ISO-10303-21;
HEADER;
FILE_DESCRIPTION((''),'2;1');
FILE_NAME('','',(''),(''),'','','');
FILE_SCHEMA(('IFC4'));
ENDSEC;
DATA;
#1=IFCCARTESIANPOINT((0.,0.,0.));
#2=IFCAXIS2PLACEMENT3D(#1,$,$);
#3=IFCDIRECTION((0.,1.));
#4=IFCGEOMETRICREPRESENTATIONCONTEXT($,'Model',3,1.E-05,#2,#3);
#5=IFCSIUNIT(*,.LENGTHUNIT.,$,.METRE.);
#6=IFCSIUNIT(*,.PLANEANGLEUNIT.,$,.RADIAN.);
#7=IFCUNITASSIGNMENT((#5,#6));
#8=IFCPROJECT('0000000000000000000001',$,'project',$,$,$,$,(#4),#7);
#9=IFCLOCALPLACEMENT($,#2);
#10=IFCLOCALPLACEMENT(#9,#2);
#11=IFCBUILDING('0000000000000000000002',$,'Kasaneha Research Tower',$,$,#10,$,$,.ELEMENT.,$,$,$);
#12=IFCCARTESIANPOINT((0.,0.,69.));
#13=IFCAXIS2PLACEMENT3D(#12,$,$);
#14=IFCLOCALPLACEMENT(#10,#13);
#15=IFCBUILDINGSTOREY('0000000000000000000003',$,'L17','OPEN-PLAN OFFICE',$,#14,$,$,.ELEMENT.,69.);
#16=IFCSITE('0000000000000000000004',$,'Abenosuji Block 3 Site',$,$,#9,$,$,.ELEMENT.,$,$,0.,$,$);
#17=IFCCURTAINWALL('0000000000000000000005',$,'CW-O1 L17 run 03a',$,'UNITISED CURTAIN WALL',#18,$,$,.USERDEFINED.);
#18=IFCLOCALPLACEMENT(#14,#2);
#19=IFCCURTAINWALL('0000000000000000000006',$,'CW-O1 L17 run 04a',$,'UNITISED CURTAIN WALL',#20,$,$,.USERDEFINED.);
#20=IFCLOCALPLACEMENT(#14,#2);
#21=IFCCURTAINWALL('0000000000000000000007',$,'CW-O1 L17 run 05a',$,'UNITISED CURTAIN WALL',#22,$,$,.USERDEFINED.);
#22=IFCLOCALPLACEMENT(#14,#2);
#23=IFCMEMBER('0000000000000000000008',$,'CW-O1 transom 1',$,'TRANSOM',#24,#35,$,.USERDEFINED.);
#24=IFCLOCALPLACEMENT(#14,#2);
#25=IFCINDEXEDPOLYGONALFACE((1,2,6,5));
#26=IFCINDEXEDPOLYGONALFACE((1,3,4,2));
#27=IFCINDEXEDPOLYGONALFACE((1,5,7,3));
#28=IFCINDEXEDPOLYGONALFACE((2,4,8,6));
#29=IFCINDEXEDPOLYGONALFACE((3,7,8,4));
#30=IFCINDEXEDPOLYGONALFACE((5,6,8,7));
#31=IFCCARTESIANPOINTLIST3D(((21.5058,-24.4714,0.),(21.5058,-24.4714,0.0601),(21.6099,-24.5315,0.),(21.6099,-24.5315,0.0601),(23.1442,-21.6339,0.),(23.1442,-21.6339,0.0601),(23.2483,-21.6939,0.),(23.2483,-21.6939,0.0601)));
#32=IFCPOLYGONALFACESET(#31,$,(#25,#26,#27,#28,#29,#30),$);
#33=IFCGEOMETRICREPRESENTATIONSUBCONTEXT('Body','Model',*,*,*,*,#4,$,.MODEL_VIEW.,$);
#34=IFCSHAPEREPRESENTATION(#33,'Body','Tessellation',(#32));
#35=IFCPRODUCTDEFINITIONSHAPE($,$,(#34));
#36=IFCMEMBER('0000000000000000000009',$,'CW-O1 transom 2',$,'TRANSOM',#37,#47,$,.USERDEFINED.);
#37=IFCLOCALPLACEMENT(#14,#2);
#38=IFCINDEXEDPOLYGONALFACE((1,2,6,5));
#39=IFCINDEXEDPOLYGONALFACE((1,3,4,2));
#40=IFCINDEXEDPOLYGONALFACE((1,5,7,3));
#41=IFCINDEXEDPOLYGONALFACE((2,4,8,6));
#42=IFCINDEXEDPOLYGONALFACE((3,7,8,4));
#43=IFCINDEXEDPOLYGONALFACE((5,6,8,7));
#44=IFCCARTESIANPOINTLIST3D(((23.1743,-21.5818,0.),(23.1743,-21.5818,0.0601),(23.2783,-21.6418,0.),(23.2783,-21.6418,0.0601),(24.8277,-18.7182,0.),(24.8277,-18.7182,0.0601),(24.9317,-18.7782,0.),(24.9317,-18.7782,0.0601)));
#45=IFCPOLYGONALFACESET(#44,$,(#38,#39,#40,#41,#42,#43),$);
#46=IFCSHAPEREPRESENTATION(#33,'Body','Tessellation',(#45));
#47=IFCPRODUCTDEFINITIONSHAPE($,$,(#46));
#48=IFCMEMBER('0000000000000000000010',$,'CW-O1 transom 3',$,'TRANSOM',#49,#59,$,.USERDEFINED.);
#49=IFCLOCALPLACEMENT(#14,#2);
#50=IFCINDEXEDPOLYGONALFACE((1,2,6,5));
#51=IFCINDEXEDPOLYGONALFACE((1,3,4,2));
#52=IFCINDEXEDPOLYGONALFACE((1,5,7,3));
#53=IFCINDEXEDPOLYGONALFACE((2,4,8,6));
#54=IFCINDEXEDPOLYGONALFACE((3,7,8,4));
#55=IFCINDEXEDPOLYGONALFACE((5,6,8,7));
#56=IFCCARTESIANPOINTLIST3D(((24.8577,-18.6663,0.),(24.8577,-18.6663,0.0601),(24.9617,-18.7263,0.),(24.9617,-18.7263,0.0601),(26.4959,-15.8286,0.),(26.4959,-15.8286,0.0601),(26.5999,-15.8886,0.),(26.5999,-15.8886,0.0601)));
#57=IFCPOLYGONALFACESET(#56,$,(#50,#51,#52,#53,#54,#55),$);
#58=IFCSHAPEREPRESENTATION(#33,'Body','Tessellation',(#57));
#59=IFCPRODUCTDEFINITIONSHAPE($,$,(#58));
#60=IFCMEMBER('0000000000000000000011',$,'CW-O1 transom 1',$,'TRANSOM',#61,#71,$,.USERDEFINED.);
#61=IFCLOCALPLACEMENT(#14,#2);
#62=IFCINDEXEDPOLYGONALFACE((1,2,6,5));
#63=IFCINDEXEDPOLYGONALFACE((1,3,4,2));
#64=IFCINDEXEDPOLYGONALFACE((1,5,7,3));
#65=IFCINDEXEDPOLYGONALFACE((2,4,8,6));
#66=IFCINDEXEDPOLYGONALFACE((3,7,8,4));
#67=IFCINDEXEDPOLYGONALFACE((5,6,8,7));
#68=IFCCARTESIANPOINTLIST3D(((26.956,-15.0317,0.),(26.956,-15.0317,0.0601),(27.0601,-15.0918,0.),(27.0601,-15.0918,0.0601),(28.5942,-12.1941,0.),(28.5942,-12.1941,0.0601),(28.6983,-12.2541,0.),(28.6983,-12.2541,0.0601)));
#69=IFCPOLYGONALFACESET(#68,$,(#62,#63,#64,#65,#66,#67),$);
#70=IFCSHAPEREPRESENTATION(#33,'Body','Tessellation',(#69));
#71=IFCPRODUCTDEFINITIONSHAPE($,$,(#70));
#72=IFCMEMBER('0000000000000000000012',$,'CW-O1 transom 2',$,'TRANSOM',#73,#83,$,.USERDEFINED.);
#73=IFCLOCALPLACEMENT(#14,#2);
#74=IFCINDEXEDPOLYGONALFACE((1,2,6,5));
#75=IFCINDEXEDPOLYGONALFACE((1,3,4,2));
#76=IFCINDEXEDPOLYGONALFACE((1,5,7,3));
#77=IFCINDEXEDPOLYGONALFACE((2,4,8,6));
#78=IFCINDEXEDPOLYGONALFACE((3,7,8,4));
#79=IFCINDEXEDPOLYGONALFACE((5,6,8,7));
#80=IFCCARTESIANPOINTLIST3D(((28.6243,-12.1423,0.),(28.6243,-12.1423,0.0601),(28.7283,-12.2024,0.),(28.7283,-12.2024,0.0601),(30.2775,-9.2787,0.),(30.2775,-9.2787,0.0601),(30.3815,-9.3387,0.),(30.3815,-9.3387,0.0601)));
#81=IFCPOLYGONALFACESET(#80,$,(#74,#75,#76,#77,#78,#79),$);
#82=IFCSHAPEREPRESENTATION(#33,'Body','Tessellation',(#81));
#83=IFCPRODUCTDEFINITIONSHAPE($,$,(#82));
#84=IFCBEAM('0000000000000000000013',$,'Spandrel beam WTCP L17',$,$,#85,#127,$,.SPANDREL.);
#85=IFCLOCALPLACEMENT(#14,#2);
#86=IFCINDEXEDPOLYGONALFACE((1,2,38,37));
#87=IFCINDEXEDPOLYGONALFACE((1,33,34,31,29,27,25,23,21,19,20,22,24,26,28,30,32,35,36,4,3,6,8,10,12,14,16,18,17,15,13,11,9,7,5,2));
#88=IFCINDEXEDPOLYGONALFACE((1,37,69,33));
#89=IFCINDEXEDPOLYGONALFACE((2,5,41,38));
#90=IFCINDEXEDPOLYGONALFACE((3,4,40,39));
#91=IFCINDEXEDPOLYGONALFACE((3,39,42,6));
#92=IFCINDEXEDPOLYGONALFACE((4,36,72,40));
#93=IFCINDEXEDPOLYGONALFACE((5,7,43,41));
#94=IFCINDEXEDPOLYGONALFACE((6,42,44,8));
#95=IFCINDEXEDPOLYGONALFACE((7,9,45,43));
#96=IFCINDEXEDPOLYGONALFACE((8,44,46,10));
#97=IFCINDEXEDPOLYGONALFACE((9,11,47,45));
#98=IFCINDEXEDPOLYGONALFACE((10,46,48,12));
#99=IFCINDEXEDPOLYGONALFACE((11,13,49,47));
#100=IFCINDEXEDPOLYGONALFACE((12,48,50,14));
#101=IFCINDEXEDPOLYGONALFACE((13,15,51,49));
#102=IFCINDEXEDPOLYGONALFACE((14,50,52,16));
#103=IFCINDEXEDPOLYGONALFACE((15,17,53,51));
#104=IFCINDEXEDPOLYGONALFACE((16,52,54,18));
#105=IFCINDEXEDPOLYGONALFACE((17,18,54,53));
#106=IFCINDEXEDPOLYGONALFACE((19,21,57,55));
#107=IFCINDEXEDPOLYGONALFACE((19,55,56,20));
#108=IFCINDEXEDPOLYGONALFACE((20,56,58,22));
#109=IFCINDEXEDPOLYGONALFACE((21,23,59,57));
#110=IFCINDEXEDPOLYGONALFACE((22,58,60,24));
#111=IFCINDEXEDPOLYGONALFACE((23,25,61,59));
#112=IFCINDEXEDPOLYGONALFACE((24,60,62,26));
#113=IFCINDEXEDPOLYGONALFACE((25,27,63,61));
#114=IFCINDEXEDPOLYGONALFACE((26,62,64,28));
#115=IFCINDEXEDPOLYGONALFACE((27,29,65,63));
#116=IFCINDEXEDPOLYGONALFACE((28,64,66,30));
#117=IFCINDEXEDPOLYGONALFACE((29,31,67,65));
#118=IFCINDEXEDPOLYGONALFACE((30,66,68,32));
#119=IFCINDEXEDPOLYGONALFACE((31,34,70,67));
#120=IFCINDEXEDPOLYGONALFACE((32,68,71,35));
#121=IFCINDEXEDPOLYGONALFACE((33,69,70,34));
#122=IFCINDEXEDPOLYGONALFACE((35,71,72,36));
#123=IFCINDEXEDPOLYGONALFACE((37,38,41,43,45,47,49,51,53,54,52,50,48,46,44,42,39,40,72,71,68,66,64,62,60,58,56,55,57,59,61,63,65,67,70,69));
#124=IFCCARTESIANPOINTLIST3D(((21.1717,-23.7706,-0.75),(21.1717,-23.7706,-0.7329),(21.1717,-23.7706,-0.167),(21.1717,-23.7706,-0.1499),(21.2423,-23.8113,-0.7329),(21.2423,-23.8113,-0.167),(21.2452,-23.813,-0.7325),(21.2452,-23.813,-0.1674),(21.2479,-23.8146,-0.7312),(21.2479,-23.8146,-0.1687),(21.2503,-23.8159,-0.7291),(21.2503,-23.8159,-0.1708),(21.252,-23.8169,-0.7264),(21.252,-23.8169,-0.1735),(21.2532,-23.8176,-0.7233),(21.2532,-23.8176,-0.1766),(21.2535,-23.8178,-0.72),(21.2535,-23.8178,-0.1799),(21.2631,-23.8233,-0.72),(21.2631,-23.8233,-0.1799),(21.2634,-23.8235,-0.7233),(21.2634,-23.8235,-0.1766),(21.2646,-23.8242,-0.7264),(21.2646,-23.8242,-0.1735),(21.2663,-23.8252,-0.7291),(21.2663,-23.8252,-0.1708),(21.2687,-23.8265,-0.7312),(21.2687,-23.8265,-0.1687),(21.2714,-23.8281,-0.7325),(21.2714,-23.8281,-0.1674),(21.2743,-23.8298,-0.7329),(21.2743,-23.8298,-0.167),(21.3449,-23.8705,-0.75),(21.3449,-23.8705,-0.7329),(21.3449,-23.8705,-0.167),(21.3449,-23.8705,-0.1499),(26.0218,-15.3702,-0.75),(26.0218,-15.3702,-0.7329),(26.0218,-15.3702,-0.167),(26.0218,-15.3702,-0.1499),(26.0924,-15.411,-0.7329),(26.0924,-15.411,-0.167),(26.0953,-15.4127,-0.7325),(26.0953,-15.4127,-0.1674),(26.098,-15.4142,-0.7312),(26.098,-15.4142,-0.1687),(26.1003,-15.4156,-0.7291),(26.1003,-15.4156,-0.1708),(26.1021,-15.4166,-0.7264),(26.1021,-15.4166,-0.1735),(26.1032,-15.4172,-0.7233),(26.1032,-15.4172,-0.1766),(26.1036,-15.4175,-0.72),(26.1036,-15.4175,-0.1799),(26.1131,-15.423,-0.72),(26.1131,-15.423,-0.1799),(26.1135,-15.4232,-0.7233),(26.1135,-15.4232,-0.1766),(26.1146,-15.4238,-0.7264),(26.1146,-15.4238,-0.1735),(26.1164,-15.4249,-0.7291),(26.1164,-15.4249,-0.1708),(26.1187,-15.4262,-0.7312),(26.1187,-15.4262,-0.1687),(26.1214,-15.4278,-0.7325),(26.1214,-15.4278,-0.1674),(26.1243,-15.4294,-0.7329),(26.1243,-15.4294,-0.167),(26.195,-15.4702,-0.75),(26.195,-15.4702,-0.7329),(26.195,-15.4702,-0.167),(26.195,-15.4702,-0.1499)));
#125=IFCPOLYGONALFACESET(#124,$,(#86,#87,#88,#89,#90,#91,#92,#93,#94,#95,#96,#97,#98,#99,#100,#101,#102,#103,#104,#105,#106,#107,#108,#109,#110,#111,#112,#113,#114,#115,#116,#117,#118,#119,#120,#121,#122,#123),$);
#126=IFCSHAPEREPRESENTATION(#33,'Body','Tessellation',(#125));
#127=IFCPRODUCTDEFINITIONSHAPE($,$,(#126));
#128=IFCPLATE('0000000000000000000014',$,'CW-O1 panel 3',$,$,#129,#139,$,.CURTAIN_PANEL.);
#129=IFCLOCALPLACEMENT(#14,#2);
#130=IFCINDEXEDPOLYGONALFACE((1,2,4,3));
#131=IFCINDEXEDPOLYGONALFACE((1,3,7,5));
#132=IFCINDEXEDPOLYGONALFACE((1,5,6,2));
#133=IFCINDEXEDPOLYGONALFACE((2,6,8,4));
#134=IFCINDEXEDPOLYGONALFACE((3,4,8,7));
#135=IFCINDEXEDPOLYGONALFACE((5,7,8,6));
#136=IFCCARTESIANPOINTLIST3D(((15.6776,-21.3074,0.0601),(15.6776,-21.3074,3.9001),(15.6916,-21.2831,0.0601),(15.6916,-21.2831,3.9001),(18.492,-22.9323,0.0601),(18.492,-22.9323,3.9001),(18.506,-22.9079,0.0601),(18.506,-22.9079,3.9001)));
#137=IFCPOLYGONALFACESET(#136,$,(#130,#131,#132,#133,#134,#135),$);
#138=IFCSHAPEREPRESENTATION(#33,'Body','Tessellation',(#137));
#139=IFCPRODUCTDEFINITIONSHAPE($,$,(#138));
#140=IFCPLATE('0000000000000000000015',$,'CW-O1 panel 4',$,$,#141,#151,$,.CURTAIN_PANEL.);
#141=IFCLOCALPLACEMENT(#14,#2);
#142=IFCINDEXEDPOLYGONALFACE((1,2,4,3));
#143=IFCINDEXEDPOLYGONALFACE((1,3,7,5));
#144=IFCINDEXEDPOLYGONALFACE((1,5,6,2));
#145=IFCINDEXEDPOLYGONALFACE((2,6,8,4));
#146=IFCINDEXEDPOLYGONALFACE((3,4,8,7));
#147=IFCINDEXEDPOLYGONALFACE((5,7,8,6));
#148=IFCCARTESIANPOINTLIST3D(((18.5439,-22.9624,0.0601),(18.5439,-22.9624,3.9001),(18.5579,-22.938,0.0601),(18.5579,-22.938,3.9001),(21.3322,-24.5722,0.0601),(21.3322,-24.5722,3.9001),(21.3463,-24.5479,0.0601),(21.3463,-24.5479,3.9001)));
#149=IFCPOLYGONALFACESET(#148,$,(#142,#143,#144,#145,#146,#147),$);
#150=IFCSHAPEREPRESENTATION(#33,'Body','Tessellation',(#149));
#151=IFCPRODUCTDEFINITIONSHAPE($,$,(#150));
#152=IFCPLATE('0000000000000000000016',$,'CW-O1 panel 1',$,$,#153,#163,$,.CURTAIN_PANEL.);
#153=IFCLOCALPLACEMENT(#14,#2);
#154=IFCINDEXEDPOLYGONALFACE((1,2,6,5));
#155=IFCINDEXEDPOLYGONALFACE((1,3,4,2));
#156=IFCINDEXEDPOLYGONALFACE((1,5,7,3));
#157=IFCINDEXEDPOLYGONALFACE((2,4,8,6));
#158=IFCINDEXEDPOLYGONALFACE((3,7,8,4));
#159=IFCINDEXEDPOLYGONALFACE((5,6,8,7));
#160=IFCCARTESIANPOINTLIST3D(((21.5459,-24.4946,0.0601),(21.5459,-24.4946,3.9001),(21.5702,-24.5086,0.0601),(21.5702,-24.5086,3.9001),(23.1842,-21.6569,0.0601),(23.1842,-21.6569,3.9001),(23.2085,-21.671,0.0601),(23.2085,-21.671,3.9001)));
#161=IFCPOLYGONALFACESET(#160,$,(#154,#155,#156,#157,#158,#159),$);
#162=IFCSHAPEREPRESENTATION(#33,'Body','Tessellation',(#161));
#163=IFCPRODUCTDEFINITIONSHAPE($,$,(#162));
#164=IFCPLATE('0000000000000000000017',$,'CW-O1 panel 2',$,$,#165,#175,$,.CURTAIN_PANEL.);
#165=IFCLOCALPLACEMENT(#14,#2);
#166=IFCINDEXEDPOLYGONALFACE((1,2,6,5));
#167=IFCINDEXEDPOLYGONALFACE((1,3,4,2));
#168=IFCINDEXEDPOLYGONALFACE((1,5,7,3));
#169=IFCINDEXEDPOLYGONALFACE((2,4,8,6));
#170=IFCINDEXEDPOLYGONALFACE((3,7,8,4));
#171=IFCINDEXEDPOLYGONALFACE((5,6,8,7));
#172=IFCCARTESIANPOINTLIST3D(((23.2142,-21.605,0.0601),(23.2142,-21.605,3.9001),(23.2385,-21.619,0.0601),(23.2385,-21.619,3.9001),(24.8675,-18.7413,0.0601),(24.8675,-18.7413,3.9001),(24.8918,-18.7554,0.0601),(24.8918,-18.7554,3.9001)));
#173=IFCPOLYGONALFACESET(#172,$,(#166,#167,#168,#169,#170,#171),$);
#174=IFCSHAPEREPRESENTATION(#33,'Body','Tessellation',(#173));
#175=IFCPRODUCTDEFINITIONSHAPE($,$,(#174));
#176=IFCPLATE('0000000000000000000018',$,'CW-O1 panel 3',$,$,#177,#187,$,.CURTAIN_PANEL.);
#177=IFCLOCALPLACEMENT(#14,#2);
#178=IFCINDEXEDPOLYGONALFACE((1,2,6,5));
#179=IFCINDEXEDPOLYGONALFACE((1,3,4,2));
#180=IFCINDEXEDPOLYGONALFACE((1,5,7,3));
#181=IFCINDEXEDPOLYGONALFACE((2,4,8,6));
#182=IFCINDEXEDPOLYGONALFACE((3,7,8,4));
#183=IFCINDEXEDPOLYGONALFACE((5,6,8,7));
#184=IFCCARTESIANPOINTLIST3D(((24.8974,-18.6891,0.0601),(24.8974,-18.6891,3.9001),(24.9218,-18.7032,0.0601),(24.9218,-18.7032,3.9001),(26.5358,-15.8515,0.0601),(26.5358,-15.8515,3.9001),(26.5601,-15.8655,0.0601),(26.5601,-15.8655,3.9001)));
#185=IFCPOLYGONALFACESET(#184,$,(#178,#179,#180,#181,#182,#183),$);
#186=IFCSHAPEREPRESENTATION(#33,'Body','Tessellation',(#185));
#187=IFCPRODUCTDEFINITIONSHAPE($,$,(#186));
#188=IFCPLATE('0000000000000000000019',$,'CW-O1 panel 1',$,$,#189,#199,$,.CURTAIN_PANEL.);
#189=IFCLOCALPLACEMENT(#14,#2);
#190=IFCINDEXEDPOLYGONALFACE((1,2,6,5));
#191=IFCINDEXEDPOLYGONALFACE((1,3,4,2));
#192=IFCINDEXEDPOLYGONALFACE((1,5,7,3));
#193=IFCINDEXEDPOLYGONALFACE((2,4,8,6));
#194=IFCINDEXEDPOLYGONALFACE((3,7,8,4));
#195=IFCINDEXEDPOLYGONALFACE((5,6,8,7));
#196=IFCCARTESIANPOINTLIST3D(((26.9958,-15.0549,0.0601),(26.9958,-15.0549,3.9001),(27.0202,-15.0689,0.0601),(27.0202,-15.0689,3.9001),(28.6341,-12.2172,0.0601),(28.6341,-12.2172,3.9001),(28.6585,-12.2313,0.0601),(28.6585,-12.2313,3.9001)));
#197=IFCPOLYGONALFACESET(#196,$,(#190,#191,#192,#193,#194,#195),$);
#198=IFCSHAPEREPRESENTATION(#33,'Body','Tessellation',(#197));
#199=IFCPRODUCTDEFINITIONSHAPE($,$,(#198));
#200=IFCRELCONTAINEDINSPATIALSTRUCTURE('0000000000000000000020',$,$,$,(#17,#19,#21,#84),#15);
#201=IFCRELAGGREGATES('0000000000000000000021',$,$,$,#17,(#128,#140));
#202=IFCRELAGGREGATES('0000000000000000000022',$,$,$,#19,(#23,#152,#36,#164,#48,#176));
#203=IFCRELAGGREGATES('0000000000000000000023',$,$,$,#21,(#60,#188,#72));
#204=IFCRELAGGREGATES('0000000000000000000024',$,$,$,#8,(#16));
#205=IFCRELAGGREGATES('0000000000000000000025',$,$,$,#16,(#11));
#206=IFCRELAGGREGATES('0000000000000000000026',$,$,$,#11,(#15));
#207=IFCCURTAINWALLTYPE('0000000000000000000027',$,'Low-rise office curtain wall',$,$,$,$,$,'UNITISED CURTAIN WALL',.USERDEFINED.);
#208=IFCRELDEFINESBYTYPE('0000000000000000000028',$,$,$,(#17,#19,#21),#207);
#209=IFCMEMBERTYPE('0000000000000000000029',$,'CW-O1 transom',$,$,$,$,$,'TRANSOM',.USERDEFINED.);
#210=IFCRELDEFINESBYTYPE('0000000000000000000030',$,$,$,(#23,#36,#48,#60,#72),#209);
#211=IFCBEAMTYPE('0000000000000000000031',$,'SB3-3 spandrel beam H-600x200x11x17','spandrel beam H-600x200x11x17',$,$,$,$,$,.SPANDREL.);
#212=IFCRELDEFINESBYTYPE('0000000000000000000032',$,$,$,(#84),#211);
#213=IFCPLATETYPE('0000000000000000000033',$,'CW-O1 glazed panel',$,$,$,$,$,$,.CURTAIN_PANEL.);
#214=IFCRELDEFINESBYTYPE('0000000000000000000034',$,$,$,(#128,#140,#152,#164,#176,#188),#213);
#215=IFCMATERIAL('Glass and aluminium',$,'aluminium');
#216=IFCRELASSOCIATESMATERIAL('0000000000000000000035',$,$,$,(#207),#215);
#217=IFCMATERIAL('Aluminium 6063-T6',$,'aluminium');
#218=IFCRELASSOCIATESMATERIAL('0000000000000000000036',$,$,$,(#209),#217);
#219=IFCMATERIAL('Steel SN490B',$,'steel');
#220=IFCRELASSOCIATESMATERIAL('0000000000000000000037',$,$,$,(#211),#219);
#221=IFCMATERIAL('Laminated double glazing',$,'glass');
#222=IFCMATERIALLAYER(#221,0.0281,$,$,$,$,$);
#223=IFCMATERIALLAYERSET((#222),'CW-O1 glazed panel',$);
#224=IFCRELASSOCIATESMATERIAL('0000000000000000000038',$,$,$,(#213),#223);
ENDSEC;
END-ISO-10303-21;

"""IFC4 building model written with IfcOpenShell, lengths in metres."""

from ifc_helpers import new_model, si_unit, direction, frame, origin, origin_2d, place, context, subcontext, project, spatial, rectangle, i_section, extrude, material, layer, layer_set, material_profile, profile_set, type_object, element, aggregate, save


model = new_model("IFC4")

# Units and contexts
model_context = context("Model", 3, precision=1e-05, world=origin(), true_north=direction((0.0, 1.0)))
body_context = subcontext(model_context, "Body", "Model", "MODEL_VIEW")
ifc_project = project(units=[si_unit("LENGTHUNIT", "METRE"), si_unit("PLANEANGLEUNIT", "RADIAN")], contexts=[model_context])

# Site, building, storey
site_placement = place(None, origin())
site = spatial("IfcSite", under=ifc_project, at=site_placement, Name="Abenosuji Block 3 Site", CompositionType="ELEMENT", RefElevation=0.0)
building_placement = place(site_placement, origin())
building = spatial("IfcBuilding", under=site, at=building_placement, Name="Kasaneha Research Tower", CompositionType="ELEMENT")
storey_placement = place(building_placement, frame((0.0, 0.0, 69.0)))
storey = spatial("IfcBuildingStorey", under=building, at=storey_placement, Name="L17", Description="OPEN-PLAN OFFICE", CompositionType="ELEMENT", Elevation=69.0)

# Curtain walls
ifc_material_1 = material(Name="Glass and aluminium", Category="aluminium")
curtain_wall_type = type_object("IfcCurtainWallType", Name="Low-rise office curtain wall", ElementType="UNITISED CURTAIN WALL", PredefinedType="USERDEFINED", material=ifc_material_1)
curtain_wall_1_placement = place(storey_placement, origin())
curtain_wall_1 = element("IfcCurtainWall", 1, at=curtain_wall_1_placement, inside=storey, type_object=curtain_wall_type, Name="CW-O1 L17 run 03a", ObjectType="UNITISED CURTAIN WALL", PredefinedType="USERDEFINED")
curtain_wall_2_placement = place(storey_placement, origin())
curtain_wall_2 = element("IfcCurtainWall", 2, at=curtain_wall_2_placement, inside=storey, type_object=curtain_wall_type, Name="CW-O1 L17 run 04a", ObjectType="UNITISED CURTAIN WALL", PredefinedType="USERDEFINED")
curtain_wall_3_placement = place(storey_placement, origin())
curtain_wall_3 = element("IfcCurtainWall", 3, at=curtain_wall_3_placement, inside=storey, type_object=curtain_wall_type, Name="CW-O1 L17 run 05a", ObjectType="UNITISED CURTAIN WALL", PredefinedType="USERDEFINED")

# Members
ifc_material_2 = material(Name="Aluminium 6063-T6", Category="aluminium")
ifc_material_profile_1 = material_profile(ifc_material_2, rectangle(XDim=0.1201, YDim=0.0601, at=origin_2d()), Name="CW-O1 transom 120x60")
ifc_profile_set_1 = profile_set([ifc_material_profile_1], Name="Aluminium 6063-T6")
member_type_1 = type_object("IfcMemberType", Name="CW-O1 transom", ElementType="TRANSOM", PredefinedType="USERDEFINED", material=ifc_profile_set_1)
member_1_placement = place(storey_placement, frame((21.5579, -24.5015, 0.03), z_axis=(0.500026, 0.866011, 0.0), x_axis=(-0.866011, 0.500026, 0.0)))
member_1 = element("IfcMember", 4, at=member_1_placement, type_object=member_type_1, Name="CW-O1 transom 1", ObjectType="TRANSOM", PredefinedType="USERDEFINED", context=body_context, shape_type="SweptSolid", body=[
    extrude(rectangle(XDim=0.1201, YDim=0.0601, at=origin_2d()), origin(), (0.0, 0.0, 1.0), 3.2766),
])
member_2_placement = place(storey_placement, frame((23.2263, -21.6118, 0.03), z_axis=(0.500014, 0.866017, 0.0), x_axis=(-0.866017, 0.500014, 0.0)))
member_2 = element("IfcMember", 5, at=member_2_placement, type_object=member_type_1, Name="CW-O1 transom 2", ObjectType="TRANSOM", PredefinedType="USERDEFINED", context=body_context, shape_type="SweptSolid", body=[
    extrude(rectangle(XDim=0.1201, YDim=0.0601, at=origin_2d()), origin(), (0.0, 0.0, 1.0), 3.3066),
])
member_3_placement = place(storey_placement, frame((24.9097, -18.6963, 0.03), z_axis=(0.49997, 0.866043, 0.0), x_axis=(-0.866043, 0.49997, 0.0)))
member_3 = element("IfcMember", 6, at=member_3_placement, type_object=member_type_1, Name="CW-O1 transom 3", ObjectType="TRANSOM", PredefinedType="USERDEFINED", context=body_context, shape_type="SweptSolid", body=[
    extrude(rectangle(XDim=0.1201, YDim=0.0601, at=origin_2d()), origin(), (0.0, 0.0, 1.0), 3.2766),
])
member_4_placement = place(storey_placement, frame((27.0081, -15.0618, 0.03), z_axis=(0.49997, 0.866043, 0.0), x_axis=(-0.866043, 0.49997, 0.0)))
member_4 = element("IfcMember", 7, at=member_4_placement, type_object=member_type_1, Name="CW-O1 transom 1", ObjectType="TRANSOM", PredefinedType="USERDEFINED", context=body_context, shape_type="SweptSolid", body=[
    extrude(rectangle(XDim=0.1201, YDim=0.0601, at=origin_2d()), origin(), (0.0, 0.0, 1.0), 3.2766),
])
member_5_placement = place(storey_placement, frame((28.6763, -12.1724, 0.03), z_axis=(0.499982, 0.866036, 0.0), x_axis=(-0.866036, 0.499982, 0.0)))
member_5 = element("IfcMember", 8, at=member_5_placement, type_object=member_type_1, Name="CW-O1 transom 2", ObjectType="TRANSOM", PredefinedType="USERDEFINED", context=body_context, shape_type="SweptSolid", body=[
    extrude(rectangle(XDim=0.1201, YDim=0.0601, at=origin_2d()), origin(), (0.0, 0.0, 1.0), 3.3066),
])

# Beam
ifc_material_3 = material(Name="Steel SN490B", Category="steel")
ifc_material_profile_2 = material_profile(ifc_material_3, i_section(OverallWidth=0.2, OverallDepth=0.6001, WebThickness=0.011, FlangeThickness=0.0171, FilletRadius=0.0129, at=origin_2d()), Name="H-600x200x11x17")
ifc_profile_set_2 = profile_set([ifc_material_profile_2], Name="Steel SN490B")
beam_type_1 = type_object("IfcBeamType", Name="SB3-3 spandrel beam H-600x200x11x17", Description="spandrel beam H-600x200x11x17", PredefinedType="SPANDREL", material=ifc_profile_set_2)
beam_1_placement = place(storey_placement, frame((21.2583, -23.8206, -0.45), z_axis=(0.50001, 0.86602, 0.0), x_axis=(-0.86602, 0.50001, 0.0)))
element("IfcBeam", 9, at=beam_1_placement, inside=storey, type_object=beam_type_1, Name="Spandrel beam WTCP L17", PredefinedType="SPANDREL", context=body_context, shape_type="SweptSolid", body=[
    extrude(i_section(OverallWidth=0.2, OverallDepth=0.6001, WebThickness=0.011, FlangeThickness=0.0171, FilletRadius=0.0129, at=origin_2d()), origin(), (0.0, 0.0, 1.0), 9.7),
])

# Plates
ifc_material_4 = material(Name="Laminated double glazing", Category="glass")
ifc_layer_1 = layer(ifc_material_4, 0.0281)
ifc_layer_set_1 = layer_set([ifc_layer_1], Name="CW-O1 glazed panel")
plate_type = type_object("IfcPlateType", Name="CW-O1 glazed panel", PredefinedType="CURTAIN_PANEL", material=ifc_layer_set_1)
plate_1_placement = place(storey_placement, frame((17.0918, -22.1077, 0.0601), z_axis=(0.0, 0.0, 1.0), x_axis=(0.866025, -0.5, 0.0)))
plate_1 = element("IfcPlate", 10, at=plate_1_placement, type_object=plate_type, Name="CW-O1 panel 3", PredefinedType="CURTAIN_PANEL", context=body_context, shape_type="SweptSolid", body=[
    extrude(rectangle(XDim=3.2498, YDim=0.0281, at=origin_2d()), origin(), (0.0, 0.0, 1.0), 3.8401),
])
plate_2_placement = place(storey_placement, frame((19.9451, -23.7551, 0.0601), z_axis=(0.0, 0.0, 1.0), x_axis=(0.866025, -0.5, 0.0)))
plate_2 = element("IfcPlate", 11, at=plate_2_placement, type_object=plate_type, Name="CW-O1 panel 4", PredefinedType="CURTAIN_PANEL", context=body_context, shape_type="SweptSolid", body=[
    extrude(rectangle(XDim=3.2197, YDim=0.0281, at=origin_2d()), origin(), (0.0, 0.0, 1.0), 3.8401),
])
aggregate(curtain_wall_1, [plate_1, plate_2])
plate_3_placement = place(storey_placement, frame((22.3772, -23.0828, 0.0601), z_axis=(0.0, 0.0, 1.0), x_axis=(0.5, 0.866025, 0.0)))
plate_3 = element("IfcPlate", 12, at=plate_3_placement, type_object=plate_type, Name="CW-O1 panel 1", PredefinedType="CURTAIN_PANEL", context=body_context, shape_type="SweptSolid", body=[
    extrude(rectangle(XDim=3.2766, YDim=0.0281, at=origin_2d()), origin(), (0.0, 0.0, 1.0), 3.8401),
])
plate_4_placement = place(storey_placement, frame((24.053, -20.1802, 0.0601), z_axis=(0.0, 0.0, 1.0), x_axis=(0.5, 0.866025, 0.0)))
plate_4 = element("IfcPlate", 13, at=plate_4_placement, type_object=plate_type, Name="CW-O1 panel 2", PredefinedType="CURTAIN_PANEL", context=body_context, shape_type="SweptSolid", body=[
    extrude(rectangle(XDim=3.3066, YDim=0.0281, at=origin_2d()), origin(), (0.0, 0.0, 1.0), 3.8401),
])
plate_5_placement = place(storey_placement, frame((25.7288, -17.2773, 0.0601), z_axis=(0.0, 0.0, 1.0), x_axis=(0.5, 0.866025, 0.0)))
plate_5 = element("IfcPlate", 14, at=plate_5_placement, type_object=plate_type, Name="CW-O1 panel 3", PredefinedType="CURTAIN_PANEL", context=body_context, shape_type="SweptSolid", body=[
    extrude(rectangle(XDim=3.2766, YDim=0.0281, at=origin_2d()), origin(), (0.0, 0.0, 1.0), 3.8401),
])
aggregate(curtain_wall_2, [member_1, plate_3, member_2, plate_4, member_3, plate_5])
plate_6_placement = place(storey_placement, frame((27.8271, -13.6431, 0.0601), z_axis=(0.0, 0.0, 1.0), x_axis=(0.5, 0.866025, 0.0)))
plate_6 = element("IfcPlate", 15, at=plate_6_placement, type_object=plate_type, Name="CW-O1 panel 1", PredefinedType="CURTAIN_PANEL", context=body_context, shape_type="SweptSolid", body=[
    extrude(rectangle(XDim=3.2766, YDim=0.0281, at=origin_2d()), origin(), (0.0, 0.0, 1.0), 3.8401),
])
aggregate(curtain_wall_3, [member_4, plate_6, member_5])

save(model, "model.ifc")
